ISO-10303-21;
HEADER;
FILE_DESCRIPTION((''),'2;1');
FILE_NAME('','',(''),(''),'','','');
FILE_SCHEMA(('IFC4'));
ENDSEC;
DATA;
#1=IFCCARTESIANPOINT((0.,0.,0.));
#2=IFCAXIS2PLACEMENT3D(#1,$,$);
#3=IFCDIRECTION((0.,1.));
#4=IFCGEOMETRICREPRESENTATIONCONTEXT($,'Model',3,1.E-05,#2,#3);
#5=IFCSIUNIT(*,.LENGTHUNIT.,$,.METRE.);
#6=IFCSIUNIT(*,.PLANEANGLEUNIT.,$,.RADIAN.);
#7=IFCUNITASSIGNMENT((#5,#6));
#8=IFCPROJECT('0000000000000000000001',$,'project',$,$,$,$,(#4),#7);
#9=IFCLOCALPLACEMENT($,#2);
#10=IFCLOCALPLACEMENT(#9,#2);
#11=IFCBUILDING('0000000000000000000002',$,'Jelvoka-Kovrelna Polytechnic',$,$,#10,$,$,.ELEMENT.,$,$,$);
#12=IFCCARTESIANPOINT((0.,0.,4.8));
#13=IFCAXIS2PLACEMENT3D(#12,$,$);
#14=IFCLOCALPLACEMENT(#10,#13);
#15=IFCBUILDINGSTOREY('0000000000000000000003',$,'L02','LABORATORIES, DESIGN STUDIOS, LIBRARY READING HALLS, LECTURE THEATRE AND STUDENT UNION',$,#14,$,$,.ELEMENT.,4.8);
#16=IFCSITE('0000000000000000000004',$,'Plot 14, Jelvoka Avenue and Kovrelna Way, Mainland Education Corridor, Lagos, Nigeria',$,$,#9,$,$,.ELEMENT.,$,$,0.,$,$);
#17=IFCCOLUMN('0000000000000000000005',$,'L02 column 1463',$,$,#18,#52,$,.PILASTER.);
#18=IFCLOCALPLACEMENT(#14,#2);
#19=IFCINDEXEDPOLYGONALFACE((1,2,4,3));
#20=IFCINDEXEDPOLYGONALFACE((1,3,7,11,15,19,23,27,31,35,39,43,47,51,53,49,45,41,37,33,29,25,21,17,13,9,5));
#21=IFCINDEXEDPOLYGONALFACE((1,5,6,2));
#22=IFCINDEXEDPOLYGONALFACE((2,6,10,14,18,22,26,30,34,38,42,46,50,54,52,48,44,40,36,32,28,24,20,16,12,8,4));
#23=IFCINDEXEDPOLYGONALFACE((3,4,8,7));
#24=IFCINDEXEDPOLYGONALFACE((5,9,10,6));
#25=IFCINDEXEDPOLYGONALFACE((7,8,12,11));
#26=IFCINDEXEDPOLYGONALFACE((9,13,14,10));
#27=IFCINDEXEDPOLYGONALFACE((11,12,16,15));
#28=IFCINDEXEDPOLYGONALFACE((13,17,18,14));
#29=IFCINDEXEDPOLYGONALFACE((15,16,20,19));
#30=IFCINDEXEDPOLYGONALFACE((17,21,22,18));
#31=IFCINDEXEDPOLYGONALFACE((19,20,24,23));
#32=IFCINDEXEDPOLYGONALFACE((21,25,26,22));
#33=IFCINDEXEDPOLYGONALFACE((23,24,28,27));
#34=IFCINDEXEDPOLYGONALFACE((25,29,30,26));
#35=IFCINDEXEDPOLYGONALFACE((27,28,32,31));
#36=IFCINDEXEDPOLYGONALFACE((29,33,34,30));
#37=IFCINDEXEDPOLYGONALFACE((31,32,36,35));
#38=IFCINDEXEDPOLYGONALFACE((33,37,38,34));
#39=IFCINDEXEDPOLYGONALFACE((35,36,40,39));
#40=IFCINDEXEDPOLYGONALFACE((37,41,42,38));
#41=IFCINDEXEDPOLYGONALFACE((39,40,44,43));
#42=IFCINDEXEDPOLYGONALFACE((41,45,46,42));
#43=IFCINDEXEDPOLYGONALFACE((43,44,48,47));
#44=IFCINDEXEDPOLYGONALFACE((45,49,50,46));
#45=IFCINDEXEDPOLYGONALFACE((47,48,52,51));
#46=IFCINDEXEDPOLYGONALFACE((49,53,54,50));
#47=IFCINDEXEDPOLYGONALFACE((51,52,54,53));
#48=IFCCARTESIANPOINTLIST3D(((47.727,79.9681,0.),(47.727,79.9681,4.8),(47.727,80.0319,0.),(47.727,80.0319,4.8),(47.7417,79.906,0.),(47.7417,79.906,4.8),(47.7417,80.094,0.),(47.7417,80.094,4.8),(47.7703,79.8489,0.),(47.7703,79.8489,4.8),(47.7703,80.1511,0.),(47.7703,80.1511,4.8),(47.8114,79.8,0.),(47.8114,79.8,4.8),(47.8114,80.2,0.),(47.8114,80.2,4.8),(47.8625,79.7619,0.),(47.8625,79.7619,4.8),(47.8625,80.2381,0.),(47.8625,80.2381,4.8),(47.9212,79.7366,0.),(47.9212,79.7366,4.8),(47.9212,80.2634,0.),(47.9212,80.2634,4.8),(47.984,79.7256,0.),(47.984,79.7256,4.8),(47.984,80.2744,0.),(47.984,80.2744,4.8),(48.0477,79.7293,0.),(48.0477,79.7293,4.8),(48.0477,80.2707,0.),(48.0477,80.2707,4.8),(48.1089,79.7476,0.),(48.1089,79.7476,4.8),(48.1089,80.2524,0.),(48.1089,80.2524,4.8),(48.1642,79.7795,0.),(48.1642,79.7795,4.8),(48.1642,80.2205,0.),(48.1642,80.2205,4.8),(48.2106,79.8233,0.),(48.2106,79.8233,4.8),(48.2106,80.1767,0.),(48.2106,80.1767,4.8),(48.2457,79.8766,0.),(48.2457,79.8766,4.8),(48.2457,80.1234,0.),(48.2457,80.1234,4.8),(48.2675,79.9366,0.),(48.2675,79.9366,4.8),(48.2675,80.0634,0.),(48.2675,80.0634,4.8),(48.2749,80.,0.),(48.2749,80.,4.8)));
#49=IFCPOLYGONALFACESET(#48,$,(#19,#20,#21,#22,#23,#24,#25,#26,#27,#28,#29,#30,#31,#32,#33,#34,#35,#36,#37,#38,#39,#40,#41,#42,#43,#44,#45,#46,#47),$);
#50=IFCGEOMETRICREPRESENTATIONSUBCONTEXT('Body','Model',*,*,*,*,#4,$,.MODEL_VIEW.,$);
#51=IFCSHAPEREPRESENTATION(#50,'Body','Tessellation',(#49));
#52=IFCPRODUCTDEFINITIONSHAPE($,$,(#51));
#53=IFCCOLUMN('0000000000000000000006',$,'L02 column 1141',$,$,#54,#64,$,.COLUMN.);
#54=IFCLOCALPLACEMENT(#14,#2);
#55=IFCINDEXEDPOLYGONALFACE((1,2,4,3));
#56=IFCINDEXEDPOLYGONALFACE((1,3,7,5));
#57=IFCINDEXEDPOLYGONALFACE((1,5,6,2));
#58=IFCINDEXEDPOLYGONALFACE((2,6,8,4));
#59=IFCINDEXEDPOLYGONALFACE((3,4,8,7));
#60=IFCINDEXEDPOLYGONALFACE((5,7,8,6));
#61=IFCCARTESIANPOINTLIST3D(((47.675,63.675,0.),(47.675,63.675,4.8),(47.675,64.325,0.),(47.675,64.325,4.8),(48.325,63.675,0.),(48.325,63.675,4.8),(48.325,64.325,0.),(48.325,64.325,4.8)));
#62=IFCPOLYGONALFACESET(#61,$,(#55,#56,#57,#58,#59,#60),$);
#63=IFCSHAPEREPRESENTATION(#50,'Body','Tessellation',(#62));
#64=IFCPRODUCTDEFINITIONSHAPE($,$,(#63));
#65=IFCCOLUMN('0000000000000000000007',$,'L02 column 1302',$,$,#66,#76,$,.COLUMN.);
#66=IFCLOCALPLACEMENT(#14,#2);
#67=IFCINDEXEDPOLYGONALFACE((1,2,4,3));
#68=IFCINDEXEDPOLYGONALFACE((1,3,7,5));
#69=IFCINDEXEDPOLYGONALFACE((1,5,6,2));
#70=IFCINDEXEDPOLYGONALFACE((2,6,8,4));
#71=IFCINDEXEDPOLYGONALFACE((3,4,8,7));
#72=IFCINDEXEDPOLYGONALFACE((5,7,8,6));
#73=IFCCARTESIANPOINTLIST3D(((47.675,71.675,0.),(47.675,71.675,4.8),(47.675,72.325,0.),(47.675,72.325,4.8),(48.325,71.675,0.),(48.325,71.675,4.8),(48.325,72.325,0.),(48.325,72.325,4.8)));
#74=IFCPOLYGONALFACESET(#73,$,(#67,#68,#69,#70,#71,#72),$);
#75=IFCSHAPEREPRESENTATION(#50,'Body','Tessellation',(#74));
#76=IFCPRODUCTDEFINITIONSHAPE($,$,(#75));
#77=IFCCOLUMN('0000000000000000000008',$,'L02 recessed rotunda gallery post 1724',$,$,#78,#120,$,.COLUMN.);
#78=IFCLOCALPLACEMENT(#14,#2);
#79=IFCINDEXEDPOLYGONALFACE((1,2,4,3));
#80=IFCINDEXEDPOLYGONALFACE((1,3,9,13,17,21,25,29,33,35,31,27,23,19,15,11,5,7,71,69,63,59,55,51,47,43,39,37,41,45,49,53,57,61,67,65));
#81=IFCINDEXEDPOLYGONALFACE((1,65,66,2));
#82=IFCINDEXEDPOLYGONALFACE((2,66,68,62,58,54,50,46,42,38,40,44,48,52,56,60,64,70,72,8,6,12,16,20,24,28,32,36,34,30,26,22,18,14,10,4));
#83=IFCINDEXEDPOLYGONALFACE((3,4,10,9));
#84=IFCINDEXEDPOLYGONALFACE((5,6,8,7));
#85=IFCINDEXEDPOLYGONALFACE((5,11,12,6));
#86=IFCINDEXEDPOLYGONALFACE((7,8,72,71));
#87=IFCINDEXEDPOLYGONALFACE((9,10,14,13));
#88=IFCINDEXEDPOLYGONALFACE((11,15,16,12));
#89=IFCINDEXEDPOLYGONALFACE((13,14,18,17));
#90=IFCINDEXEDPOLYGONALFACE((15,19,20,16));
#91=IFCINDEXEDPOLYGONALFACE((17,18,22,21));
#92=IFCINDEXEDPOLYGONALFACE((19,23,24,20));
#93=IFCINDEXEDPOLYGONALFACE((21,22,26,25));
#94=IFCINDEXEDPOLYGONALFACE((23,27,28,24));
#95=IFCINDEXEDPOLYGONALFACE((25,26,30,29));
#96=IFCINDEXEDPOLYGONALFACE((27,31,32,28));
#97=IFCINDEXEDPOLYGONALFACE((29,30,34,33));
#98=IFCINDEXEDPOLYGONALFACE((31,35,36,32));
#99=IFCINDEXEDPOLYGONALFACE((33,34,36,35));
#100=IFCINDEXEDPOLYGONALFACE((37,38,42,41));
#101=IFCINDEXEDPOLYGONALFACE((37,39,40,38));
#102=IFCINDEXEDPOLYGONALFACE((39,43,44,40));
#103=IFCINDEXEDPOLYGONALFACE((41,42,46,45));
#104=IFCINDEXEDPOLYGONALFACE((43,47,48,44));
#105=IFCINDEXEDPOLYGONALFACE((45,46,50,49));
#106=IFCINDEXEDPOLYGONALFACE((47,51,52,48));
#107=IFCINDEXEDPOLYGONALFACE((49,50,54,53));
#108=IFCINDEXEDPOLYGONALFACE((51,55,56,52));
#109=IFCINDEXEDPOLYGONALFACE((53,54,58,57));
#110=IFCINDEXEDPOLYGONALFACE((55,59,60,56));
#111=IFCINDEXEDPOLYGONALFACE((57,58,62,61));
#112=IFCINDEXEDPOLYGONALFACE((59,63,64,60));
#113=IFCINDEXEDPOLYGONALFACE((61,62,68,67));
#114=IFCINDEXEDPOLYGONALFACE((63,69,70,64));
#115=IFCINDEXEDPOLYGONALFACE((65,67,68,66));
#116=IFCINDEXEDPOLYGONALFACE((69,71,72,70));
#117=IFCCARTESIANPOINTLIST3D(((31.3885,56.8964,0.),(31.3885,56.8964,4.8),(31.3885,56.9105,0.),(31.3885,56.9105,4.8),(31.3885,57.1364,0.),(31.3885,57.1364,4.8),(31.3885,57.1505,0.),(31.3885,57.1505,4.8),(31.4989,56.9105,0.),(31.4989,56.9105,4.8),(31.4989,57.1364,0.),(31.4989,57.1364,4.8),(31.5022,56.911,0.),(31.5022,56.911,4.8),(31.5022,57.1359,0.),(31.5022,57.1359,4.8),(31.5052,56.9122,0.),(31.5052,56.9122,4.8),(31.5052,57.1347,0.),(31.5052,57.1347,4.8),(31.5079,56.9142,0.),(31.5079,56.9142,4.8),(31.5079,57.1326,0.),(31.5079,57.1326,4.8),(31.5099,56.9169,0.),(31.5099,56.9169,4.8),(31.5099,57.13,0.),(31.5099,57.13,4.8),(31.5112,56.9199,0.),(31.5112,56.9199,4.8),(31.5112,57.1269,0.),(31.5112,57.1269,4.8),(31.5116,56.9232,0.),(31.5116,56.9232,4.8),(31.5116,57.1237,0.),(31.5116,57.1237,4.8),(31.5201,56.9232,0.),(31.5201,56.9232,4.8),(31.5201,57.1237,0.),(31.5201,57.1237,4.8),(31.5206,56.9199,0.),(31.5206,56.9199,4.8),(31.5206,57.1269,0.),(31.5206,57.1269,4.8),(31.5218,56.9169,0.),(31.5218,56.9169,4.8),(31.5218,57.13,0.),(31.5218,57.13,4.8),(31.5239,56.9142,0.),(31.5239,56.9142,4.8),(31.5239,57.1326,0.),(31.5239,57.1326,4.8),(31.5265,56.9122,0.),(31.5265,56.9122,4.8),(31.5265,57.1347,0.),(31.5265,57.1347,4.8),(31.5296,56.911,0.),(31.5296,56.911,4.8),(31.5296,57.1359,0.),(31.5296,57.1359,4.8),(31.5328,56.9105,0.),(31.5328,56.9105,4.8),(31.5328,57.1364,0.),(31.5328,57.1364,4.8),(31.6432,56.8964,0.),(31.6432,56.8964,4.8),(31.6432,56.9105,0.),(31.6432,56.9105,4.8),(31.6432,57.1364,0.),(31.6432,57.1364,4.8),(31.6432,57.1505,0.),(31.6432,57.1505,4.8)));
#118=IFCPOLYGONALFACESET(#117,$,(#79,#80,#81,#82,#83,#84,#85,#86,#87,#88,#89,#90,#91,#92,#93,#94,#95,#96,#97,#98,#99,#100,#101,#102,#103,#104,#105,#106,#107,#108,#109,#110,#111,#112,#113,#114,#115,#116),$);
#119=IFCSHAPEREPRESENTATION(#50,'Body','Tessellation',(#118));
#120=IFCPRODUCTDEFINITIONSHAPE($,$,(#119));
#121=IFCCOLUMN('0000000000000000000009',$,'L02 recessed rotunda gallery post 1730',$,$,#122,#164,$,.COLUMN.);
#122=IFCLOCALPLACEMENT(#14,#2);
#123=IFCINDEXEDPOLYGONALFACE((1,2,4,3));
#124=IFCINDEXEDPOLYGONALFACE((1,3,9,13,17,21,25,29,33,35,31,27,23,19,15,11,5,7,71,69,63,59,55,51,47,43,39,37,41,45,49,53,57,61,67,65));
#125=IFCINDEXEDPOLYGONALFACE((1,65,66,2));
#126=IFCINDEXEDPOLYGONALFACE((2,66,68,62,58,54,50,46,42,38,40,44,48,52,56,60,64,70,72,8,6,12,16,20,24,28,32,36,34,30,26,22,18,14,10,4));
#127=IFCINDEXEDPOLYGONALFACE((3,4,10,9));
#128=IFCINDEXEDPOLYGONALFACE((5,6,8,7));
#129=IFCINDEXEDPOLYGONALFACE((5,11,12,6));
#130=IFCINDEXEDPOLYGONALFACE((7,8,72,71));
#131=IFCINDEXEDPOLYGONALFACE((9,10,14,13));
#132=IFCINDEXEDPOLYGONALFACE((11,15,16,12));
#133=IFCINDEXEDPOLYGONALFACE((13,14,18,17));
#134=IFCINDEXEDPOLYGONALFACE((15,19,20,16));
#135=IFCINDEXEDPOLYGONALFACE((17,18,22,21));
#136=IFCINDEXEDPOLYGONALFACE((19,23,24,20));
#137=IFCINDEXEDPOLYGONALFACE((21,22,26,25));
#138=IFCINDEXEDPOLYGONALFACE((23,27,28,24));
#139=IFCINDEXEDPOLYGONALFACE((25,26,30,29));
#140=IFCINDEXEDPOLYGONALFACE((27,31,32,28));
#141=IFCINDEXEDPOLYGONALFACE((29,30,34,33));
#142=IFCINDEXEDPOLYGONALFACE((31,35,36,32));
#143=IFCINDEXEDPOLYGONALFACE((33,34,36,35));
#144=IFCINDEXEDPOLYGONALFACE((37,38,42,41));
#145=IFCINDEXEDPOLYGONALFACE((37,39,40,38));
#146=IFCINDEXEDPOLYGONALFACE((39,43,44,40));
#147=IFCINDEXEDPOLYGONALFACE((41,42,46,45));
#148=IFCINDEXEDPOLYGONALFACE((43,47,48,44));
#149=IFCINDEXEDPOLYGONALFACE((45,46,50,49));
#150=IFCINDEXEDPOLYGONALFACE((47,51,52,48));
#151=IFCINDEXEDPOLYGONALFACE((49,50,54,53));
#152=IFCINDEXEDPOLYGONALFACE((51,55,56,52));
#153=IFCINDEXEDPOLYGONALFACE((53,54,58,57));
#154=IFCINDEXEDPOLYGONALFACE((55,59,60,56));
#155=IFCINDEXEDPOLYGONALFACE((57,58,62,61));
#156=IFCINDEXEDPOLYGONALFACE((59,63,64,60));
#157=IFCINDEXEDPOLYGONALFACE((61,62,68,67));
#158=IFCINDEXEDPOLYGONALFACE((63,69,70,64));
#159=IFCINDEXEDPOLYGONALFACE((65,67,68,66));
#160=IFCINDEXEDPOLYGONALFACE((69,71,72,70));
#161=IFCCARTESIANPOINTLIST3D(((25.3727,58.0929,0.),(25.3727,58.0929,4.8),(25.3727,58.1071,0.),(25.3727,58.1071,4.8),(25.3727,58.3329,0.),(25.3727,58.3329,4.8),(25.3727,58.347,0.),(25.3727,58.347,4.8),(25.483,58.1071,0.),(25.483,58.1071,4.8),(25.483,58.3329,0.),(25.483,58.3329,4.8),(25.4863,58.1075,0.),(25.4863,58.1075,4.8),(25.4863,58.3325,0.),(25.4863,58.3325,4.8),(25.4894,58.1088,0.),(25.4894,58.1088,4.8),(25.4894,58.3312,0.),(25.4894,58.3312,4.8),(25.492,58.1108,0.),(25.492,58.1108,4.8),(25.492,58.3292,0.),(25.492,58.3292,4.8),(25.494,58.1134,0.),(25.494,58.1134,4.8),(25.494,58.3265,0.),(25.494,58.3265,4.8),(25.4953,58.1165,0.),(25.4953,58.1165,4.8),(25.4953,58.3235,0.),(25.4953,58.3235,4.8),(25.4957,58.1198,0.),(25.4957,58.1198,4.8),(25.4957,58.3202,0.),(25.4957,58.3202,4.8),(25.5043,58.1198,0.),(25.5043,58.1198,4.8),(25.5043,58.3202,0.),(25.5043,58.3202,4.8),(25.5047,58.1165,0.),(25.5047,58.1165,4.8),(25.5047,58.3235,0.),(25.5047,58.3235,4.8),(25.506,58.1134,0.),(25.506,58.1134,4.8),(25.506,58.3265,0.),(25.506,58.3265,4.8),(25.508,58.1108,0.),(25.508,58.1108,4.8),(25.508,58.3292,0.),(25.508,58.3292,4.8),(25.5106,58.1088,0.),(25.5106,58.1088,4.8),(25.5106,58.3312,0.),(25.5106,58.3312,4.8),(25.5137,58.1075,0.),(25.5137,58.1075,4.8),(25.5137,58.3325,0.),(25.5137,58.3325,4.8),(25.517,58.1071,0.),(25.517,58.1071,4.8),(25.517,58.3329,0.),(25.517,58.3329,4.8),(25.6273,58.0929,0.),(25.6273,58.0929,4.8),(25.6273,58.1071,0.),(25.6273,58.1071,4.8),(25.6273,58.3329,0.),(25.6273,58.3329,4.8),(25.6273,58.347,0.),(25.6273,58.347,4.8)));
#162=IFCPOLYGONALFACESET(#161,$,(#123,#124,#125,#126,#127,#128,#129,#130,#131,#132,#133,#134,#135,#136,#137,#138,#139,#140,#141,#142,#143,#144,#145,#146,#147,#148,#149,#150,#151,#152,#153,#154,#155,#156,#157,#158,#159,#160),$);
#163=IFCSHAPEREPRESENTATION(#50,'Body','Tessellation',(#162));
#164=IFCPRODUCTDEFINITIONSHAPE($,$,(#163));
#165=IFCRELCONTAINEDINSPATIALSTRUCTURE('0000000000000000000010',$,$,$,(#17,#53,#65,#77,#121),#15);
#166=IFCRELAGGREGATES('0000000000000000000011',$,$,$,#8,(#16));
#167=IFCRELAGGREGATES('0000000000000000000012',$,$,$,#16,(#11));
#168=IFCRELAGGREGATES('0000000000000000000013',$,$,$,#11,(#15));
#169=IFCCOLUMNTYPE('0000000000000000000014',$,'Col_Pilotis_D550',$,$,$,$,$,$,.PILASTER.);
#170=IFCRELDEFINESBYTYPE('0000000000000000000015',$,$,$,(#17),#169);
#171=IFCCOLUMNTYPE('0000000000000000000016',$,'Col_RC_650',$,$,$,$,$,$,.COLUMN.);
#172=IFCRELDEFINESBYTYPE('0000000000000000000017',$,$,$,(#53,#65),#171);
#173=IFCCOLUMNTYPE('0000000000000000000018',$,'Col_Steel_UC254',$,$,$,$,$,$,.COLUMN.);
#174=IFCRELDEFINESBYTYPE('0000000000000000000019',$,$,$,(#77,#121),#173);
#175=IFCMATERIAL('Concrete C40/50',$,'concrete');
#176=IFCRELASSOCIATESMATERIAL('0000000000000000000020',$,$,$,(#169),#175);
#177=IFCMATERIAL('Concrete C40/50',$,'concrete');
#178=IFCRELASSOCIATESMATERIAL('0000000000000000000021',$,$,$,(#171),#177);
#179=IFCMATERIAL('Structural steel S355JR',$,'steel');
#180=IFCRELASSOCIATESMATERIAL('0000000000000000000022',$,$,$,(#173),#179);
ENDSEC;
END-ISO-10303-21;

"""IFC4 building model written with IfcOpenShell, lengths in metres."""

from ifc_helpers import new_model, si_unit, direction, frame, origin, origin_2d, place, context, subcontext, project, spatial, rectangle, circle, i_section, extrude, material, material_profile, profile_set, type_object, element, save


model = new_model("IFC4")

# Units and contexts
model_context = context("Model", 3, precision=1e-05, world=origin(), true_north=direction((0.0, 1.0)))
body_context = subcontext(model_context, "Body", "Model", "MODEL_VIEW")
ifc_project = project(units=[si_unit("LENGTHUNIT", "METRE"), si_unit("PLANEANGLEUNIT", "RADIAN")], contexts=[model_context])

# Site, building, storey
site_placement = place(None, origin())
site = spatial("IfcSite", under=ifc_project, at=site_placement, Name="Plot 14, Jelvoka Avenue and Kovrelna Way, Mainland Education Corridor, Lagos, Nigeria", CompositionType="ELEMENT", RefElevation=0.0)
building_placement = place(site_placement, origin())
building = spatial("IfcBuilding", under=site, at=building_placement, Name="Jelvoka-Kovrelna Polytechnic", CompositionType="ELEMENT")
storey_placement = place(building_placement, frame((0.0, 0.0, 4.8)))
storey = spatial("IfcBuildingStorey", under=building, at=storey_placement, Name="L02", Description="LABORATORIES, DESIGN STUDIOS, LIBRARY READING HALLS, LECTURE THEATRE AND STUDENT UNION", CompositionType="ELEMENT", Elevation=4.8)

# Columns
ifc_material_1 = material(Name="Concrete C40/50", Category="concrete")
ifc_material_profile_1 = material_profile(ifc_material_1, circle(Radius=0.2749, at=origin_2d()), Name="RC D550")
ifc_profile_set_1 = profile_set([ifc_material_profile_1], Name="Concrete C40/50")
column_type_1 = type_object("IfcColumnType", Name="Col_Pilotis_D550", PredefinedType="PILASTER", material=ifc_profile_set_1)
column_placement = place(storey_placement, frame((48.0, 80.0, 0.0), z_axis=(0.0, 0.0, 1.0), x_axis=(1.0, 0.0, 0.0)))
element("IfcColumn", 1, at=column_placement, inside=storey, type_object=column_type_1, Name="L02 column 1463", PredefinedType="PILASTER", context=body_context, shape_type="SweptSolid", body=[
    extrude(circle(Radius=0.2749, at=origin_2d()), origin(), (0.0, 0.0, 1.0), 4.8),
])
ifc_material_2 = material(Name="Concrete C40/50", Category="concrete")
ifc_material_profile_2 = material_profile(ifc_material_2, rectangle(XDim=0.6499, YDim=0.6499, at=origin_2d()), Name="RC 650x650")
ifc_profile_set_2 = profile_set([ifc_material_profile_2], Name="Concrete C40/50")
column_type_2 = type_object("IfcColumnType", Name="Col_RC_650", PredefinedType="COLUMN", material=ifc_profile_set_2)
for number, where, z_axis, x_axis, name in (
    (2, (48.0, 64.0, 0.0), (0.0, 0.0, 1.0), (1.0, 0.0, 0.0), "L02 column 1141"),
    (3, (48.0, 72.0, 0.0), (0.0, 0.0, 1.0), (1.0, 0.0, 0.0), "L02 column 1302"),
):
    element("IfcColumn", number, at=place(storey_placement, frame(where, z_axis=z_axis, x_axis=x_axis)), inside=storey, type_object=column_type_2, Name=name, PredefinedType="COLUMN", context=body_context, shape_type="SweptSolid", body=[
        extrude(rectangle(XDim=0.6499, YDim=0.6499, at=origin_2d()), origin(), (0.0, 0.0, 1.0), 4.8),
    ])
ifc_material_3 = material(Name="Structural steel S355JR", Category="steel")
ifc_material_profile_3 = material_profile(ifc_material_3, i_section(OverallWidth=0.2546, OverallDepth=0.2542, WebThickness=0.0085, FlangeThickness=0.0142, FilletRadius=0.0127, at=origin_2d()), Name="254x254x73 UC")
ifc_profile_set_3 = profile_set([ifc_material_profile_3], Name="Structural steel S355JR")
column_type_3 = type_object("IfcColumnType", Name="Col_Steel_UC254", PredefinedType="COLUMN", material=ifc_profile_set_3)
for number, where, z_axis, x_axis, name in (
    (4, (31.5159, 57.0234, 0.0), (0.0, 0.0, 1.0), (1.0, 0.0, 0.0), "L02 recessed rotunda gallery post 1724"),
    (5, (25.5, 58.22, 0.0), (0.0, 0.0, 1.0), (1.0, 0.0, 0.0), "L02 recessed rotunda gallery post 1730"),
):
    element("IfcColumn", number, at=place(storey_placement, frame(where, z_axis=z_axis, x_axis=x_axis)), inside=storey, type_object=column_type_3, Name=name, PredefinedType="COLUMN", context=body_context, shape_type="SweptSolid", body=[
        extrude(i_section(OverallWidth=0.2546, OverallDepth=0.2542, WebThickness=0.0085, FlangeThickness=0.0142, FilletRadius=0.0127, at=origin_2d()), origin(), (0.0, 0.0, 1.0), 4.8),
    ])

save(model, "model.ifc")
